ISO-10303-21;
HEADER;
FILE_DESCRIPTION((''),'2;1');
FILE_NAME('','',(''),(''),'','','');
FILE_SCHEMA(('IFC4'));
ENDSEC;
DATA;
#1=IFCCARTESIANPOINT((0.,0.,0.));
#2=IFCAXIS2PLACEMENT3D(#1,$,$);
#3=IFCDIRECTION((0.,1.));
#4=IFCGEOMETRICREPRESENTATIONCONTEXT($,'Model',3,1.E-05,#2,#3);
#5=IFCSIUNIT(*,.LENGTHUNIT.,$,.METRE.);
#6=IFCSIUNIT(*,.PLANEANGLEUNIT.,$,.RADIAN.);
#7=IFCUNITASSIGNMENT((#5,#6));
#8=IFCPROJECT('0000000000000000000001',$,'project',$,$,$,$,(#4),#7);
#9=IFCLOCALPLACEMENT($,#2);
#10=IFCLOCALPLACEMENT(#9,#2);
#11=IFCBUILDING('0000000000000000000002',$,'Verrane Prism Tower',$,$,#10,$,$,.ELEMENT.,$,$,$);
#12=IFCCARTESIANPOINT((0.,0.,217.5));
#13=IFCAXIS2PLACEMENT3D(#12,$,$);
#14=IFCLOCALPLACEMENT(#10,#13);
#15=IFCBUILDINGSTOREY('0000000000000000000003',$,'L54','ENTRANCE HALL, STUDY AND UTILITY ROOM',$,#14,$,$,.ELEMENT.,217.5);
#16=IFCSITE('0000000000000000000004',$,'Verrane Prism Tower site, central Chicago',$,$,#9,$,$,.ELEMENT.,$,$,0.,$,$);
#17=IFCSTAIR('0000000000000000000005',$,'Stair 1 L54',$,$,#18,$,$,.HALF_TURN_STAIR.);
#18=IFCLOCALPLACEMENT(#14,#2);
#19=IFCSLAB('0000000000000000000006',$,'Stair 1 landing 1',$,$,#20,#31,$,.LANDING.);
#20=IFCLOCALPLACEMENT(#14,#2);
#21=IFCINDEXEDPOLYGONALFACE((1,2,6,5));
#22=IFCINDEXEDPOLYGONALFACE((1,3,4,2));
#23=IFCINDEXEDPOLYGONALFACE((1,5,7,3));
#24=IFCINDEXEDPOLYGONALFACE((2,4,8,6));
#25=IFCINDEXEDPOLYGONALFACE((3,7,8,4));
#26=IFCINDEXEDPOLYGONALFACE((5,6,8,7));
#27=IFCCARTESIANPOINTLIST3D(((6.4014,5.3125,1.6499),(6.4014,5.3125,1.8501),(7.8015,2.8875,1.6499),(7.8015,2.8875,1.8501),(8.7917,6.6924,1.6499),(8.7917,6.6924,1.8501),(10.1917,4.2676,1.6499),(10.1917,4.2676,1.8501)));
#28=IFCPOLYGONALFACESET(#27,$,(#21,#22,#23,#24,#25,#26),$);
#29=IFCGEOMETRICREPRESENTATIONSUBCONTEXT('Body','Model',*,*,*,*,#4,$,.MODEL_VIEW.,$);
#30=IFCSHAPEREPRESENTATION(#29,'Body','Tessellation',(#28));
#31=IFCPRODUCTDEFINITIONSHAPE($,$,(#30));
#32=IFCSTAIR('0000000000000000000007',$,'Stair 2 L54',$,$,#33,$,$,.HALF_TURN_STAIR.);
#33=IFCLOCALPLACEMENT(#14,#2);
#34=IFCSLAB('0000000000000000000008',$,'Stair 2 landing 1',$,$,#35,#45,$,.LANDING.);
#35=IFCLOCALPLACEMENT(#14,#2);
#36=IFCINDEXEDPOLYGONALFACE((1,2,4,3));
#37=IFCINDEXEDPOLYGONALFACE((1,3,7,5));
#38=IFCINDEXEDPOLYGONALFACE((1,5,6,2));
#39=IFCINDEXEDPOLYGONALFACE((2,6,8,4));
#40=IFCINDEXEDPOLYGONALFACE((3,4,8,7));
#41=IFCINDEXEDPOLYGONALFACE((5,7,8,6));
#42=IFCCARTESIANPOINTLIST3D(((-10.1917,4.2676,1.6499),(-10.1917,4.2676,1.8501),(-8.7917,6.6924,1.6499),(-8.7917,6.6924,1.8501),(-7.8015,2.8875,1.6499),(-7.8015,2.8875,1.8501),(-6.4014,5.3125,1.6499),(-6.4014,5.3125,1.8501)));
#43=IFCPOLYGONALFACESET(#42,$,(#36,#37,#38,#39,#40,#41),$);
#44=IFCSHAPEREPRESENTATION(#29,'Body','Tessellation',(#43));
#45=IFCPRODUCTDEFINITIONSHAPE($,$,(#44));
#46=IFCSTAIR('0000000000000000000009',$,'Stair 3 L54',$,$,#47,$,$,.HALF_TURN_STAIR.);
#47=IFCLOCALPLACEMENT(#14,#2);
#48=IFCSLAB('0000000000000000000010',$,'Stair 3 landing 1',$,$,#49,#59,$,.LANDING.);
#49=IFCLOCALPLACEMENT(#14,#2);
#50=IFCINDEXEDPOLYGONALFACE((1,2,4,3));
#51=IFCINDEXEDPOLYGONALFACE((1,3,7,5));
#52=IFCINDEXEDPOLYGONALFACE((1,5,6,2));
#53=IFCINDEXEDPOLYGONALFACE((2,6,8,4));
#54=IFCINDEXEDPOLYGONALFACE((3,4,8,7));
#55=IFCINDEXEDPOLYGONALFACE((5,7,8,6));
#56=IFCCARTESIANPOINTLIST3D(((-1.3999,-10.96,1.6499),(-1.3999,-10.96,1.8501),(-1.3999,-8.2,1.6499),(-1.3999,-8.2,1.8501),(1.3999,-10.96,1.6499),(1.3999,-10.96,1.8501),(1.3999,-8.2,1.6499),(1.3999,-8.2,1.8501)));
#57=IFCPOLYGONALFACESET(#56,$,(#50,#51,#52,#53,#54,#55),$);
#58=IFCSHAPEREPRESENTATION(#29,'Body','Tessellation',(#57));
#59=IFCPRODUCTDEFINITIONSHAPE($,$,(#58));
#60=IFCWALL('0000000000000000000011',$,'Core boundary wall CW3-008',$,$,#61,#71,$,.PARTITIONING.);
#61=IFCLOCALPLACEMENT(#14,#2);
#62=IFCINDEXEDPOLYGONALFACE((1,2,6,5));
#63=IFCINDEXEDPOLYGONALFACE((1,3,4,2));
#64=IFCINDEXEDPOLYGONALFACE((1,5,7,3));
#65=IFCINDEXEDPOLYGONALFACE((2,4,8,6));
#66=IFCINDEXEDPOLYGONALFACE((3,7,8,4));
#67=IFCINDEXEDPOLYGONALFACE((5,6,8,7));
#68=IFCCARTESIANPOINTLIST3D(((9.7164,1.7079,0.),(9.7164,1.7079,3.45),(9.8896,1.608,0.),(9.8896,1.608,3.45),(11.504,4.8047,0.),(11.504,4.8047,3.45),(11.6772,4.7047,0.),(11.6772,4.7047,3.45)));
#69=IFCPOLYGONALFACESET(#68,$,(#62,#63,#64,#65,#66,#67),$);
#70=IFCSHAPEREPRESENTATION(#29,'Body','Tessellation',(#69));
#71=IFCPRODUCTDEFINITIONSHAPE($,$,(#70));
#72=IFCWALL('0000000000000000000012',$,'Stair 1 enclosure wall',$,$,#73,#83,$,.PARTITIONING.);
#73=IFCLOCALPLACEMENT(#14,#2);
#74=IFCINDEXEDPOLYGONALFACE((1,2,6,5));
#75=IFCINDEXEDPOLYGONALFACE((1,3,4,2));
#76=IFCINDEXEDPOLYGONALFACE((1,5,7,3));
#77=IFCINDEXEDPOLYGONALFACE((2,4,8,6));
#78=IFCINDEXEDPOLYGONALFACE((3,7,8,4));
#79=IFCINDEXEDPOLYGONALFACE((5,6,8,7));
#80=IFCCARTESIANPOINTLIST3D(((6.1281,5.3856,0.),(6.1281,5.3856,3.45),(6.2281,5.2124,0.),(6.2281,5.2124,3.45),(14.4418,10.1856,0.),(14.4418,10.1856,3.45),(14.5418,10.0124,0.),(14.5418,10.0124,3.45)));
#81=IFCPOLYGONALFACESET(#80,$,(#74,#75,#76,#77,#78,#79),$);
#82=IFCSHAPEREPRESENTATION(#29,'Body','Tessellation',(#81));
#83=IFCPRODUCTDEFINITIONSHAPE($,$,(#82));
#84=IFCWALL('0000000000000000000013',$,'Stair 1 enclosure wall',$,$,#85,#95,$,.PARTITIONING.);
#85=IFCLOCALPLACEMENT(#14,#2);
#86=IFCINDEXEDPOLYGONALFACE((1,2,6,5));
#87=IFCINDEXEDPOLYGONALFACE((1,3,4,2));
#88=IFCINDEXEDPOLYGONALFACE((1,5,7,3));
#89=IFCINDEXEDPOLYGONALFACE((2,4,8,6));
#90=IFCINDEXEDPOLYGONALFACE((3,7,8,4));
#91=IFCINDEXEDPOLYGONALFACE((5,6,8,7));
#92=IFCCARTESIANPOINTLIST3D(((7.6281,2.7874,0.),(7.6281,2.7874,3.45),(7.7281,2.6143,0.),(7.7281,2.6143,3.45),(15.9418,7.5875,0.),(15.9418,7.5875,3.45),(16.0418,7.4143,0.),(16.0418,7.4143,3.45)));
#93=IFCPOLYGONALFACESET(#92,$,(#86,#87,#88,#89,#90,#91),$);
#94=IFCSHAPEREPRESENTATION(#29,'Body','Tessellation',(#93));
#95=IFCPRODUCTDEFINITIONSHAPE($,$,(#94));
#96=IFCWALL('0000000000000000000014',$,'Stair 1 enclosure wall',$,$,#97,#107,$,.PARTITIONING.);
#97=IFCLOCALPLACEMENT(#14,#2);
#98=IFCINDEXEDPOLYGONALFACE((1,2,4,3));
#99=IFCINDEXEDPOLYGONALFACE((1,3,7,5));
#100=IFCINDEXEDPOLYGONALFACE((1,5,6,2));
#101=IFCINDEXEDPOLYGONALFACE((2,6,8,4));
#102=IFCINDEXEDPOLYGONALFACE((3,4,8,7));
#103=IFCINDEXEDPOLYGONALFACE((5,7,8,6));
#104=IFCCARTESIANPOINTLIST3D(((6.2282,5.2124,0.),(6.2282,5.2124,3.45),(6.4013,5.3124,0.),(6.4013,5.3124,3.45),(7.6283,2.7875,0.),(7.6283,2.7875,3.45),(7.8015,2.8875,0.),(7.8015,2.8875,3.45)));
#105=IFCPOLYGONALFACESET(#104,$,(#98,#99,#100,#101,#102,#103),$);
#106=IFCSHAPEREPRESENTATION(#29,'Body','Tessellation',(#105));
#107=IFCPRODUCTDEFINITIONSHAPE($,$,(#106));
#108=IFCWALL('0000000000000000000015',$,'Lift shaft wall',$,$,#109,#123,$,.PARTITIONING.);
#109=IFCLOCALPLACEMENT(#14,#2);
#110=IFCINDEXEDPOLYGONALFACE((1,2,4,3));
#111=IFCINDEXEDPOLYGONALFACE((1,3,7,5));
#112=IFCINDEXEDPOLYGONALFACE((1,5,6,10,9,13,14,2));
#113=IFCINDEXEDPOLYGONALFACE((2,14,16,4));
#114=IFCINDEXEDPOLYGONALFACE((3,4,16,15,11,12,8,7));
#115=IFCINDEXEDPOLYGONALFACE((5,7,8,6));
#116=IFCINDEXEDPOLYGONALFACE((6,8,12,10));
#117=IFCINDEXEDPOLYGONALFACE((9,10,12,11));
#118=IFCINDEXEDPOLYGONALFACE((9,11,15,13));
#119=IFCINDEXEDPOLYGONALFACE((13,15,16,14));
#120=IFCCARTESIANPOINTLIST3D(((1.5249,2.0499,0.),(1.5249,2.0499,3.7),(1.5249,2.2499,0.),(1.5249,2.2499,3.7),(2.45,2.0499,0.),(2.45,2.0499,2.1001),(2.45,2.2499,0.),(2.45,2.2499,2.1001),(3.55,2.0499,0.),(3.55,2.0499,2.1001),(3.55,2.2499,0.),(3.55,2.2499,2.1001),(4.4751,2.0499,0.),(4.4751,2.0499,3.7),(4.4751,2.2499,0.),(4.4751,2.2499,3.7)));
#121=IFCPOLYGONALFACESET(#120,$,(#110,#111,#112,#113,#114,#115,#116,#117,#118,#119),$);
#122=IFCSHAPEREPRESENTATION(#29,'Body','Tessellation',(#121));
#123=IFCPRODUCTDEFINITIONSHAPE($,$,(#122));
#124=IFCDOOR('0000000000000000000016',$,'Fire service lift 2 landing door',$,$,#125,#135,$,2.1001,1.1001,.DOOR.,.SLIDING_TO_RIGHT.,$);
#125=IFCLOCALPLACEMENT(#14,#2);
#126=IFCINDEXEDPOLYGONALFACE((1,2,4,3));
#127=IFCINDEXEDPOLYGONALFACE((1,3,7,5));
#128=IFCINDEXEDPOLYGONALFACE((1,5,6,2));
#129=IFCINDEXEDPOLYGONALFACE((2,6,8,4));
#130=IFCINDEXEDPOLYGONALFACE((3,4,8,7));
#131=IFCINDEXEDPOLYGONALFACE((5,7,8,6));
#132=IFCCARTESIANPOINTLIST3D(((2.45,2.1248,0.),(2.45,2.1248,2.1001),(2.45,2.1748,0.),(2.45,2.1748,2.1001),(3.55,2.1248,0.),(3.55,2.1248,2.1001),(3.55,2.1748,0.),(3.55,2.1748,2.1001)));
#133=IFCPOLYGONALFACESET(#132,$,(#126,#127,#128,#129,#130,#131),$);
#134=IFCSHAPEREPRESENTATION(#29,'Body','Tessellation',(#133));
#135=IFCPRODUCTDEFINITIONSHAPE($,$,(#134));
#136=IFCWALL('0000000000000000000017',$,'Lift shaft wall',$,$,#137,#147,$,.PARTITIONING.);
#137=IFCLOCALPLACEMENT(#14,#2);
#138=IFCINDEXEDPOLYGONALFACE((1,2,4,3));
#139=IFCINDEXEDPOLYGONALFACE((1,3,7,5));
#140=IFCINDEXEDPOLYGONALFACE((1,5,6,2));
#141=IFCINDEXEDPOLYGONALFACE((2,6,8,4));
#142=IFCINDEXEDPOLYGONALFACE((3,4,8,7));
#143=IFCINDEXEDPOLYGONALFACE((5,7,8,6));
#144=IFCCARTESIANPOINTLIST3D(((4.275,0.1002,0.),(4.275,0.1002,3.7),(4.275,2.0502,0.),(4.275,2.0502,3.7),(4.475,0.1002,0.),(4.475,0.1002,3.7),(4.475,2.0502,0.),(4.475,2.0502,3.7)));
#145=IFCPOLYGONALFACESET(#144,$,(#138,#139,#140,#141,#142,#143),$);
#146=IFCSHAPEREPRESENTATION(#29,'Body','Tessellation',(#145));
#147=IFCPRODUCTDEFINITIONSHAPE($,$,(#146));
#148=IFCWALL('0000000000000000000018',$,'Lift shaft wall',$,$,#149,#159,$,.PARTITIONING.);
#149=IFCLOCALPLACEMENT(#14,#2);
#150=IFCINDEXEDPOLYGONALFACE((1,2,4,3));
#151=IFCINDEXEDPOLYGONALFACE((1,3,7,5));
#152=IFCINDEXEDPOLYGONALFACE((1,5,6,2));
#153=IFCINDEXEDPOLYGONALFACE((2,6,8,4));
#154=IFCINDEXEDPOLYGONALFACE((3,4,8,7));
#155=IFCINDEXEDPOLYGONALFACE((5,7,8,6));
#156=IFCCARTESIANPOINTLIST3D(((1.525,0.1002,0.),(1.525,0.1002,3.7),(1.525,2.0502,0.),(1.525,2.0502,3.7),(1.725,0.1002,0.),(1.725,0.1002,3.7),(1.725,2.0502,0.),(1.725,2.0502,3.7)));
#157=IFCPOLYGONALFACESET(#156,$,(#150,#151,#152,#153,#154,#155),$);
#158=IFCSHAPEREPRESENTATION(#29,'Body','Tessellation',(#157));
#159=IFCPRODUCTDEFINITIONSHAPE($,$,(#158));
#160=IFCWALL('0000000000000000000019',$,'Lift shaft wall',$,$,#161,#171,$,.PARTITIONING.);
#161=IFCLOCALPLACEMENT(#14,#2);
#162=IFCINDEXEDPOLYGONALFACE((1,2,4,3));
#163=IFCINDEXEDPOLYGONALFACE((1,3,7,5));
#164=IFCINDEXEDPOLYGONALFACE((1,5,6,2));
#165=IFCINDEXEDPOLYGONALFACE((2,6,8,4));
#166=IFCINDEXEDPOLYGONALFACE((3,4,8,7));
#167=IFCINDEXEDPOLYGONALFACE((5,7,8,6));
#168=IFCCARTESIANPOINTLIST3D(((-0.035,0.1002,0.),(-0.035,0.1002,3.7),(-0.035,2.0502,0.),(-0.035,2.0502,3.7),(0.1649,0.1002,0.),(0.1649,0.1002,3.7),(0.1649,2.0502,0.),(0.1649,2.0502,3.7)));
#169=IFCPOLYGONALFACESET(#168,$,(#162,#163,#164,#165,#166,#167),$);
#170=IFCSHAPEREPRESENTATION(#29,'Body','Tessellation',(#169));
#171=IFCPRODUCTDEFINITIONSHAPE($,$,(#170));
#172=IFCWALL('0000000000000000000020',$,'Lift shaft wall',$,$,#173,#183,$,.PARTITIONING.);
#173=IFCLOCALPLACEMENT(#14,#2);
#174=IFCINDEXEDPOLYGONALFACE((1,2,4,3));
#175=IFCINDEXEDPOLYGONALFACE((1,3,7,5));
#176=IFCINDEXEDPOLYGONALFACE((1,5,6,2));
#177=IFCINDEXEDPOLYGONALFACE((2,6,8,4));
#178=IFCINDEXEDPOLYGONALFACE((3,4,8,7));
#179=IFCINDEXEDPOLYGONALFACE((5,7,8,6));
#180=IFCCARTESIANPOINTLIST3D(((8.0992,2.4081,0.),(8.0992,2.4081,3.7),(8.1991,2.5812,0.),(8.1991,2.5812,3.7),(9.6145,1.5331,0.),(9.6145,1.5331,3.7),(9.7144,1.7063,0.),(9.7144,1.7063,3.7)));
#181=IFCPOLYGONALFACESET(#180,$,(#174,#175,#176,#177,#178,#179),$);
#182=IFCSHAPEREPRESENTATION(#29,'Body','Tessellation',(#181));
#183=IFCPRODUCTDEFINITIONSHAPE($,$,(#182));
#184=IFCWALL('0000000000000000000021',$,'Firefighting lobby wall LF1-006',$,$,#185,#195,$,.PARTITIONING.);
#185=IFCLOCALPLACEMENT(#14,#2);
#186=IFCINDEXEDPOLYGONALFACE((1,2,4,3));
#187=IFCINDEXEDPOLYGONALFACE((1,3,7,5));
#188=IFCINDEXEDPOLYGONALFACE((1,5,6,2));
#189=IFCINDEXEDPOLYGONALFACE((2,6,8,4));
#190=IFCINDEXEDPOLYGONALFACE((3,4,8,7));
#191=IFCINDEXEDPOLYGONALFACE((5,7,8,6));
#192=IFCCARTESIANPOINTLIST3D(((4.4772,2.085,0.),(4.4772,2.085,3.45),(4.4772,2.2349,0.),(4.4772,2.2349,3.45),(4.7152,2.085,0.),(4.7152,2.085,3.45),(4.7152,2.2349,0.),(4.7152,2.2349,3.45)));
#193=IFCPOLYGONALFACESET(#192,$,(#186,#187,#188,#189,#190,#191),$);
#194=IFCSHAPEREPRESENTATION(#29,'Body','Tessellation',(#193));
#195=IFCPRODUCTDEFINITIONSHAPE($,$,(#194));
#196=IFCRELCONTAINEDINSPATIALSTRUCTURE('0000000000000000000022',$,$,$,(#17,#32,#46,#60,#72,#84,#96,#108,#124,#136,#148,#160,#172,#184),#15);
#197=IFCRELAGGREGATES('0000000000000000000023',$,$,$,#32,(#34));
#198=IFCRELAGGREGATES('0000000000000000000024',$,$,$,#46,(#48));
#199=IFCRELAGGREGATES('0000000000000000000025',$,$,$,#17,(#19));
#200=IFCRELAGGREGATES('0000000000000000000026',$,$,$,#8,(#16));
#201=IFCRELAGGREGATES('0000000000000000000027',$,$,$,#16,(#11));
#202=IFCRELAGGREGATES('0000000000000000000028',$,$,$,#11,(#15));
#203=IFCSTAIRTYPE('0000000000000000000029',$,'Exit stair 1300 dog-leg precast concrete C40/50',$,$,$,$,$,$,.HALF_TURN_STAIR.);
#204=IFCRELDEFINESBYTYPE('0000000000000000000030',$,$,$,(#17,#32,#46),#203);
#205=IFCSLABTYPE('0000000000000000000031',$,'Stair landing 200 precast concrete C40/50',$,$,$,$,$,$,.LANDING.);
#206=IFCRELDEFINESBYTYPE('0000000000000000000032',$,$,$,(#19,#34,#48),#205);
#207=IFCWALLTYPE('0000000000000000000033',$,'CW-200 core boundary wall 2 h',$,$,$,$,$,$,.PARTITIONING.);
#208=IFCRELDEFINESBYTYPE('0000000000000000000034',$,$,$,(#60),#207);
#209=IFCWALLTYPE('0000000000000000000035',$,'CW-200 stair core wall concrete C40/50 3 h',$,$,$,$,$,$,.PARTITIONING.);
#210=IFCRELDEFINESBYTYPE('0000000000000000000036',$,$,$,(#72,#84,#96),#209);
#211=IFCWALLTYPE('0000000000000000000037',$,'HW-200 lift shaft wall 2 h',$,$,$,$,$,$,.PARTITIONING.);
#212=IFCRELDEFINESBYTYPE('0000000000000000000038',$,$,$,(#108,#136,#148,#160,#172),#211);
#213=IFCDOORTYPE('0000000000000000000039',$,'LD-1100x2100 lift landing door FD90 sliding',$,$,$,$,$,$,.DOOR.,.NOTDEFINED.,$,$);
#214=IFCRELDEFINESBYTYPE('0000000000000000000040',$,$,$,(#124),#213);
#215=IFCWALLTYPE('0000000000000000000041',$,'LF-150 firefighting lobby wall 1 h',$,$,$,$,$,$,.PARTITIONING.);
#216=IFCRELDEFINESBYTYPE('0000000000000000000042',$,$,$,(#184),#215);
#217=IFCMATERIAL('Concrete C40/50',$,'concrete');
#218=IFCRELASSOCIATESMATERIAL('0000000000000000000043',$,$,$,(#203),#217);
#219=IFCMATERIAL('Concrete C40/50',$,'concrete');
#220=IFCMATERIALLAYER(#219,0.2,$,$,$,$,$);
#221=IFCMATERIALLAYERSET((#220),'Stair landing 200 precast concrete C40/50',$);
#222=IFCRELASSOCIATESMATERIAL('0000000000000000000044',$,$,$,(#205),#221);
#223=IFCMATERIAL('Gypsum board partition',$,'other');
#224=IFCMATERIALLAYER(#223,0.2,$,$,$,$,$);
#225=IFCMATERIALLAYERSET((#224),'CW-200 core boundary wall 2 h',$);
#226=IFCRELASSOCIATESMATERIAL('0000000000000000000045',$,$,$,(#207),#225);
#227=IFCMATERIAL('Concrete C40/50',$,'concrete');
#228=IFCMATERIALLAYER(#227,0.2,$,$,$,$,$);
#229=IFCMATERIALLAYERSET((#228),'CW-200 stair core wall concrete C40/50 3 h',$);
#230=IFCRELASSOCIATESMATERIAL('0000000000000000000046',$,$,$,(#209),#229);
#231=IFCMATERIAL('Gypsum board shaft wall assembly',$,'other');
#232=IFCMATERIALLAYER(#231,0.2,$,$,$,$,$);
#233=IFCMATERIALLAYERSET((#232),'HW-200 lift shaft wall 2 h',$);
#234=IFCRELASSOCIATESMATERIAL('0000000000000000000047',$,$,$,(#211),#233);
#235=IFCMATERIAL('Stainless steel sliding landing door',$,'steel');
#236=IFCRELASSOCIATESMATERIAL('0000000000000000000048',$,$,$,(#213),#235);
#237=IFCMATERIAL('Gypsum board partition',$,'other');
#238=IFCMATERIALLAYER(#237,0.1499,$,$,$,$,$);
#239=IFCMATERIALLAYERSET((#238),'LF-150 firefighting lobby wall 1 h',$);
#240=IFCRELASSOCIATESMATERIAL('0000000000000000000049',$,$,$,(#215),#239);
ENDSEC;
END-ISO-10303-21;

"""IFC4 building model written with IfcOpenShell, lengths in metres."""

from ifc_helpers import new_model, si_unit, direction, frame, frame_2d, origin, place, context, subcontext, project, spatial, polyline, rectangle, outline, extrude, material, layer, layer_set, type_object, element, fill, aggregate, save


model = new_model("IFC4")

# Units and contexts
model_context = context("Model", 3, precision=1e-05, world=origin(), true_north=direction((0.0, 1.0)))
body_context = subcontext(model_context, "Body", "Model", "MODEL_VIEW")
ifc_project = project(units=[si_unit("LENGTHUNIT", "METRE"), si_unit("PLANEANGLEUNIT", "RADIAN")], contexts=[model_context])

# Site, building, storey
site_placement = place(None, origin())
site = spatial("IfcSite", under=ifc_project, at=site_placement, Name="Verrane Prism Tower site, central Chicago", CompositionType="ELEMENT", RefElevation=0.0)
building_placement = place(site_placement, origin())
building = spatial("IfcBuilding", under=site, at=building_placement, Name="Verrane Prism Tower", CompositionType="ELEMENT")
storey_placement = place(building_placement, frame((0.0, 0.0, 217.5)))
storey = spatial("IfcBuildingStorey", under=building, at=storey_placement, Name="L54", Description="ENTRANCE HALL, STUDY AND UTILITY ROOM", CompositionType="ELEMENT", Elevation=217.5)

# Stairs, slabs
ifc_material_1 = material(Name="Concrete C40/50", Category="concrete")
stair_type = type_object("IfcStairType", Name="Exit stair 1300 dog-leg precast concrete C40/50", PredefinedType="HALF_TURN_STAIR", material=ifc_material_1)
stair_1_placement = place(storey_placement, origin())
stair_1 = element("IfcStair", 1, at=stair_1_placement, inside=storey, type_object=stair_type, Name="Stair 1 L54", PredefinedType="HALF_TURN_STAIR")
ifc_material_2 = material(Name="Concrete C40/50", Category="concrete")
ifc_layer_1 = layer(ifc_material_2, 0.2)
ifc_layer_set_1 = layer_set([ifc_layer_1], Name="Stair landing 200 precast concrete C40/50")
slab_type_1 = type_object("IfcSlabType", Name="Stair landing 200 precast concrete C40/50", PredefinedType="LANDING", material=ifc_layer_set_1)
slab_1_placement = place(storey_placement, frame((0.0, 0.0, 1.6499)))
slab_1 = element("IfcSlab", 2, at=slab_1_placement, type_object=slab_type_1, Name="Stair 1 landing 1", PredefinedType="LANDING", context=body_context, shape_type="SweptSolid", body=[
    extrude(outline(polyline([(8.7917, 6.6924), (6.4014, 5.3125), (7.8015, 2.8875), (10.1917, 4.2676), (8.7917, 6.6924)])), origin(), (0.0, 0.0, 1.0), 0.2002),
])
stair_2_placement = place(storey_placement, origin())
stair_2 = element("IfcStair", 3, at=stair_2_placement, inside=storey, type_object=stair_type, Name="Stair 2 L54", PredefinedType="HALF_TURN_STAIR")
slab_2_placement = place(storey_placement, frame((0.0, 0.0, 1.6499)))
slab_2 = element("IfcSlab", 4, at=slab_2_placement, type_object=slab_type_1, Name="Stair 2 landing 1", PredefinedType="LANDING", context=body_context, shape_type="SweptSolid", body=[
    extrude(outline(polyline([(-10.1917, 4.2676), (-7.8015, 2.8875), (-6.4014, 5.3125), (-8.7917, 6.6924), (-10.1917, 4.2676)])), origin(), (0.0, 0.0, 1.0), 0.2002),
])
aggregate(stair_2, [slab_2])
stair_3_placement = place(storey_placement, origin())
stair_3 = element("IfcStair", 5, at=stair_3_placement, inside=storey, type_object=stair_type, Name="Stair 3 L54", PredefinedType="HALF_TURN_STAIR")
slab_3_placement = place(storey_placement, frame((0.0, 0.0, 1.6499)))
slab_3 = element("IfcSlab", 6, at=slab_3_placement, type_object=slab_type_1, Name="Stair 3 landing 1", PredefinedType="LANDING", context=body_context, shape_type="SweptSolid", body=[
    extrude(outline(polyline([(1.3999, -10.96), (1.3999, -8.2), (-1.3999, -8.2), (-1.3999, -10.96), (1.3999, -10.96)])), origin(), (0.0, 0.0, 1.0), 0.2002),
])
aggregate(stair_3, [slab_3])

# Walls
ifc_material_3 = material(Name="Gypsum board partition", Category="other")
ifc_layer_2 = layer(ifc_material_3, 0.2)
ifc_layer_set_2 = layer_set([ifc_layer_2], Name="CW-200 core boundary wall 2 h")
wall_type_1 = type_object("IfcWallType", Name="CW-200 core boundary wall 2 h", PredefinedType="PARTITIONING", material=ifc_layer_set_2)
wall_1_placement = place(storey_placement, frame((9.803, 1.658, 0.0), z_axis=(0.0, 0.0, 1.0), x_axis=(0.499943, 0.866058, 0.0)))
element("IfcWall", 7, at=wall_1_placement, inside=storey, type_object=wall_type_1, Name="Core boundary wall CW3-008", PredefinedType="PARTITIONING", context=body_context, shape_type="SweptSolid", body=[
    extrude(rectangle(XDim=3.5757, YDim=0.2, at=frame_2d((1.7878, 0.0))), origin(), (0.0, 0.0, 1.0), 3.45),
])
ifc_material_4 = material(Name="Concrete C40/50", Category="concrete")
ifc_layer_3 = layer(ifc_material_4, 0.2)
ifc_layer_set_3 = layer_set([ifc_layer_3], Name="CW-200 stair core wall concrete C40/50 3 h")
wall_type_2 = type_object("IfcWallType", Name="CW-200 stair core wall concrete C40/50 3 h", PredefinedType="PARTITIONING", material=ifc_layer_set_3)
for number, where, z_axis, x_axis, name in (
    (8, (6.1782, 5.2991, 0.0), (0.0, 0.0, 1.0), (0.86602, 0.500009, 0.0), "Stair 1 enclosure wall"),
    (9, (7.6782, 2.7009, 0.0), (0.0, 0.0, 1.0), (0.86602, 0.500009, 0.0), "Stair 1 enclosure wall"),
):
    element("IfcWall", number, at=place(storey_placement, frame(where, z_axis=z_axis, x_axis=x_axis)), inside=storey, type_object=wall_type_2, Name=name, PredefinedType="PARTITIONING", context=body_context, shape_type="SweptSolid", body=[
        extrude(rectangle(XDim=9.5999, YDim=0.2, at=frame_2d((4.7998, 0.0))), origin(), (0.0, 0.0, 1.0), 3.45),
    ])
wall_2_placement = place(storey_placement, frame((7.7148, 2.8376, 0.0), z_axis=(0.0, 0.0, 1.0), x_axis=(-0.50005, 0.865997, 0.0)))
element("IfcWall", 10, at=wall_2_placement, inside=storey, type_object=wall_type_2, Name="Stair 1 enclosure wall", PredefinedType="PARTITIONING", context=body_context, shape_type="SweptSolid", body=[
    extrude(rectangle(XDim=2.8, YDim=0.2, at=frame_2d((1.3999, 0.0))), origin(), (0.0, 0.0, 1.0), 3.45),
])

# Wall, opening, door
ifc_material_5 = material(Name="Gypsum board shaft wall assembly", Category="other")
ifc_layer_4 = layer(ifc_material_5, 0.2)
ifc_layer_set_4 = layer_set([ifc_layer_4], Name="HW-200 lift shaft wall 2 h")
wall_type_3 = type_object("IfcWallType", Name="HW-200 lift shaft wall 2 h", PredefinedType="PARTITIONING", material=ifc_layer_set_4)
wall_3_placement = place(storey_placement, frame((1.5249, 2.1499, 0.0), z_axis=(0.0, 0.0, 1.0), x_axis=(1.0, 0.0, 0.0)))
wall_3 = element("IfcWall", 11, at=wall_3_placement, inside=storey, type_object=wall_type_3, Name="Lift shaft wall", PredefinedType="PARTITIONING", context=body_context, shape_type="SweptSolid", body=[
    extrude(rectangle(XDim=2.9502, YDim=0.2, at=frame_2d((1.4751, 0.0))), origin(), (0.0, 0.0, 1.0), 3.7),
])
opening_1_placement = place(wall_3_placement, frame((0.925, 0.0, 0.0)))
opening_1 = element("IfcOpeningElement", 12, at=opening_1_placement, cuts=wall_3, PredefinedType="OPENING", context=body_context, shape_type="SweptSolid", body=[
    extrude(rectangle(XDim=1.1001, YDim=2.1001, at=frame_2d((0.55, 1.05))), frame((0.0, 0.1099, 0.0), z_axis=(0.0, -1.0, 0.0), x_axis=(1.0, 0.0, 0.0)), (0.0, 0.0, 1.0), 0.22),
])
ifc_material_6 = material(Name="Stainless steel sliding landing door", Category="steel")
door_type_1 = type_object("IfcDoorType", Name="LD-1100x2100 lift landing door FD90 sliding", OperationType="NOTDEFINED", PredefinedType="DOOR", material=ifc_material_6)
door_1_placement = place(opening_1_placement, origin())
door_1 = element("IfcDoor", 13, at=door_1_placement, inside=storey, type_object=door_type_1, Name="Fire service lift 2 landing door", OperationType="SLIDING_TO_RIGHT", OverallHeight=2.1001, OverallWidth=1.1001, PredefinedType="DOOR", context=body_context, shape_type="SweptSolid", body=[
    extrude(rectangle(XDim=1.1001, YDim=2.1001, at=frame_2d((0.55, 1.05))), frame((0.0, 0.0249, 0.0), z_axis=(0.0, -1.0, 0.0), x_axis=(1.0, 0.0, 0.0)), (0.0, 0.0, 1.0), 0.05),
])
fill(opening_1, door_1)

# Walls
for number, where, z_axis, x_axis, name in (
    (14, (4.375, 0.1001, 0.0), (0.0, 0.0, 1.0), (0.0, 1.0, 0.0), "Lift shaft wall"),
    (15, (1.625, 0.1001, 0.0), (0.0, 0.0, 1.0), (0.0, 1.0, 0.0), "Lift shaft wall"),
    (16, (0.0649, 0.1001, 0.0), (0.0, 0.0, 1.0), (0.0, 1.0, 0.0), "Lift shaft wall"),
):
    element("IfcWall", number, at=place(storey_placement, frame(where, z_axis=z_axis, x_axis=x_axis)), inside=storey, type_object=wall_type_3, Name=name, PredefinedType="PARTITIONING", context=body_context, shape_type="SweptSolid", body=[
        extrude(rectangle(XDim=1.95, YDim=0.2, at=frame_2d((0.9751, 0.0))), origin(), (0.0, 0.0, 1.0), 3.7),
    ])
wall_4_placement = place(storey_placement, frame((9.6646, 1.6196, 0.0), z_axis=(0.0, 0.0, 1.0), x_axis=(-0.866002, 0.50004, 0.0)))
element("IfcWall", 17, at=wall_4_placement, inside=storey, type_object=wall_type_3, Name="Lift shaft wall", PredefinedType="PARTITIONING", context=body_context, shape_type="SweptSolid", body=[
    extrude(rectangle(XDim=1.7498, YDim=0.2, at=frame_2d((0.875, 0.0))), origin(), (0.0, 0.0, 1.0), 3.7),
])
ifc_material_7 = material(Name="Gypsum board partition", Category="other")
ifc_layer_5 = layer(ifc_material_7, 0.1499)
ifc_layer_set_5 = layer_set([ifc_layer_5], Name="LF-150 firefighting lobby wall 1 h")
wall_type_4 = type_object("IfcWallType", Name="LF-150 firefighting lobby wall 1 h", PredefinedType="PARTITIONING", material=ifc_layer_set_5)
wall_5_placement = place(storey_placement, frame((4.4771, 2.1599, 0.0), z_axis=(0.0, 0.0, 1.0), x_axis=(1.0, 0.0, 0.0)))
element("IfcWall", 18, at=wall_5_placement, inside=storey, type_object=wall_type_4, Name="Firefighting lobby wall LF1-006", PredefinedType="PARTITIONING", context=body_context, shape_type="SweptSolid", body=[
    extrude(rectangle(XDim=0.238, YDim=0.1499, at=frame_2d((0.1191, 0.0))), origin(), (0.0, 0.0, 1.0), 3.45),
])

aggregate(stair_1, [slab_1])

save(model, "model.ifc")
